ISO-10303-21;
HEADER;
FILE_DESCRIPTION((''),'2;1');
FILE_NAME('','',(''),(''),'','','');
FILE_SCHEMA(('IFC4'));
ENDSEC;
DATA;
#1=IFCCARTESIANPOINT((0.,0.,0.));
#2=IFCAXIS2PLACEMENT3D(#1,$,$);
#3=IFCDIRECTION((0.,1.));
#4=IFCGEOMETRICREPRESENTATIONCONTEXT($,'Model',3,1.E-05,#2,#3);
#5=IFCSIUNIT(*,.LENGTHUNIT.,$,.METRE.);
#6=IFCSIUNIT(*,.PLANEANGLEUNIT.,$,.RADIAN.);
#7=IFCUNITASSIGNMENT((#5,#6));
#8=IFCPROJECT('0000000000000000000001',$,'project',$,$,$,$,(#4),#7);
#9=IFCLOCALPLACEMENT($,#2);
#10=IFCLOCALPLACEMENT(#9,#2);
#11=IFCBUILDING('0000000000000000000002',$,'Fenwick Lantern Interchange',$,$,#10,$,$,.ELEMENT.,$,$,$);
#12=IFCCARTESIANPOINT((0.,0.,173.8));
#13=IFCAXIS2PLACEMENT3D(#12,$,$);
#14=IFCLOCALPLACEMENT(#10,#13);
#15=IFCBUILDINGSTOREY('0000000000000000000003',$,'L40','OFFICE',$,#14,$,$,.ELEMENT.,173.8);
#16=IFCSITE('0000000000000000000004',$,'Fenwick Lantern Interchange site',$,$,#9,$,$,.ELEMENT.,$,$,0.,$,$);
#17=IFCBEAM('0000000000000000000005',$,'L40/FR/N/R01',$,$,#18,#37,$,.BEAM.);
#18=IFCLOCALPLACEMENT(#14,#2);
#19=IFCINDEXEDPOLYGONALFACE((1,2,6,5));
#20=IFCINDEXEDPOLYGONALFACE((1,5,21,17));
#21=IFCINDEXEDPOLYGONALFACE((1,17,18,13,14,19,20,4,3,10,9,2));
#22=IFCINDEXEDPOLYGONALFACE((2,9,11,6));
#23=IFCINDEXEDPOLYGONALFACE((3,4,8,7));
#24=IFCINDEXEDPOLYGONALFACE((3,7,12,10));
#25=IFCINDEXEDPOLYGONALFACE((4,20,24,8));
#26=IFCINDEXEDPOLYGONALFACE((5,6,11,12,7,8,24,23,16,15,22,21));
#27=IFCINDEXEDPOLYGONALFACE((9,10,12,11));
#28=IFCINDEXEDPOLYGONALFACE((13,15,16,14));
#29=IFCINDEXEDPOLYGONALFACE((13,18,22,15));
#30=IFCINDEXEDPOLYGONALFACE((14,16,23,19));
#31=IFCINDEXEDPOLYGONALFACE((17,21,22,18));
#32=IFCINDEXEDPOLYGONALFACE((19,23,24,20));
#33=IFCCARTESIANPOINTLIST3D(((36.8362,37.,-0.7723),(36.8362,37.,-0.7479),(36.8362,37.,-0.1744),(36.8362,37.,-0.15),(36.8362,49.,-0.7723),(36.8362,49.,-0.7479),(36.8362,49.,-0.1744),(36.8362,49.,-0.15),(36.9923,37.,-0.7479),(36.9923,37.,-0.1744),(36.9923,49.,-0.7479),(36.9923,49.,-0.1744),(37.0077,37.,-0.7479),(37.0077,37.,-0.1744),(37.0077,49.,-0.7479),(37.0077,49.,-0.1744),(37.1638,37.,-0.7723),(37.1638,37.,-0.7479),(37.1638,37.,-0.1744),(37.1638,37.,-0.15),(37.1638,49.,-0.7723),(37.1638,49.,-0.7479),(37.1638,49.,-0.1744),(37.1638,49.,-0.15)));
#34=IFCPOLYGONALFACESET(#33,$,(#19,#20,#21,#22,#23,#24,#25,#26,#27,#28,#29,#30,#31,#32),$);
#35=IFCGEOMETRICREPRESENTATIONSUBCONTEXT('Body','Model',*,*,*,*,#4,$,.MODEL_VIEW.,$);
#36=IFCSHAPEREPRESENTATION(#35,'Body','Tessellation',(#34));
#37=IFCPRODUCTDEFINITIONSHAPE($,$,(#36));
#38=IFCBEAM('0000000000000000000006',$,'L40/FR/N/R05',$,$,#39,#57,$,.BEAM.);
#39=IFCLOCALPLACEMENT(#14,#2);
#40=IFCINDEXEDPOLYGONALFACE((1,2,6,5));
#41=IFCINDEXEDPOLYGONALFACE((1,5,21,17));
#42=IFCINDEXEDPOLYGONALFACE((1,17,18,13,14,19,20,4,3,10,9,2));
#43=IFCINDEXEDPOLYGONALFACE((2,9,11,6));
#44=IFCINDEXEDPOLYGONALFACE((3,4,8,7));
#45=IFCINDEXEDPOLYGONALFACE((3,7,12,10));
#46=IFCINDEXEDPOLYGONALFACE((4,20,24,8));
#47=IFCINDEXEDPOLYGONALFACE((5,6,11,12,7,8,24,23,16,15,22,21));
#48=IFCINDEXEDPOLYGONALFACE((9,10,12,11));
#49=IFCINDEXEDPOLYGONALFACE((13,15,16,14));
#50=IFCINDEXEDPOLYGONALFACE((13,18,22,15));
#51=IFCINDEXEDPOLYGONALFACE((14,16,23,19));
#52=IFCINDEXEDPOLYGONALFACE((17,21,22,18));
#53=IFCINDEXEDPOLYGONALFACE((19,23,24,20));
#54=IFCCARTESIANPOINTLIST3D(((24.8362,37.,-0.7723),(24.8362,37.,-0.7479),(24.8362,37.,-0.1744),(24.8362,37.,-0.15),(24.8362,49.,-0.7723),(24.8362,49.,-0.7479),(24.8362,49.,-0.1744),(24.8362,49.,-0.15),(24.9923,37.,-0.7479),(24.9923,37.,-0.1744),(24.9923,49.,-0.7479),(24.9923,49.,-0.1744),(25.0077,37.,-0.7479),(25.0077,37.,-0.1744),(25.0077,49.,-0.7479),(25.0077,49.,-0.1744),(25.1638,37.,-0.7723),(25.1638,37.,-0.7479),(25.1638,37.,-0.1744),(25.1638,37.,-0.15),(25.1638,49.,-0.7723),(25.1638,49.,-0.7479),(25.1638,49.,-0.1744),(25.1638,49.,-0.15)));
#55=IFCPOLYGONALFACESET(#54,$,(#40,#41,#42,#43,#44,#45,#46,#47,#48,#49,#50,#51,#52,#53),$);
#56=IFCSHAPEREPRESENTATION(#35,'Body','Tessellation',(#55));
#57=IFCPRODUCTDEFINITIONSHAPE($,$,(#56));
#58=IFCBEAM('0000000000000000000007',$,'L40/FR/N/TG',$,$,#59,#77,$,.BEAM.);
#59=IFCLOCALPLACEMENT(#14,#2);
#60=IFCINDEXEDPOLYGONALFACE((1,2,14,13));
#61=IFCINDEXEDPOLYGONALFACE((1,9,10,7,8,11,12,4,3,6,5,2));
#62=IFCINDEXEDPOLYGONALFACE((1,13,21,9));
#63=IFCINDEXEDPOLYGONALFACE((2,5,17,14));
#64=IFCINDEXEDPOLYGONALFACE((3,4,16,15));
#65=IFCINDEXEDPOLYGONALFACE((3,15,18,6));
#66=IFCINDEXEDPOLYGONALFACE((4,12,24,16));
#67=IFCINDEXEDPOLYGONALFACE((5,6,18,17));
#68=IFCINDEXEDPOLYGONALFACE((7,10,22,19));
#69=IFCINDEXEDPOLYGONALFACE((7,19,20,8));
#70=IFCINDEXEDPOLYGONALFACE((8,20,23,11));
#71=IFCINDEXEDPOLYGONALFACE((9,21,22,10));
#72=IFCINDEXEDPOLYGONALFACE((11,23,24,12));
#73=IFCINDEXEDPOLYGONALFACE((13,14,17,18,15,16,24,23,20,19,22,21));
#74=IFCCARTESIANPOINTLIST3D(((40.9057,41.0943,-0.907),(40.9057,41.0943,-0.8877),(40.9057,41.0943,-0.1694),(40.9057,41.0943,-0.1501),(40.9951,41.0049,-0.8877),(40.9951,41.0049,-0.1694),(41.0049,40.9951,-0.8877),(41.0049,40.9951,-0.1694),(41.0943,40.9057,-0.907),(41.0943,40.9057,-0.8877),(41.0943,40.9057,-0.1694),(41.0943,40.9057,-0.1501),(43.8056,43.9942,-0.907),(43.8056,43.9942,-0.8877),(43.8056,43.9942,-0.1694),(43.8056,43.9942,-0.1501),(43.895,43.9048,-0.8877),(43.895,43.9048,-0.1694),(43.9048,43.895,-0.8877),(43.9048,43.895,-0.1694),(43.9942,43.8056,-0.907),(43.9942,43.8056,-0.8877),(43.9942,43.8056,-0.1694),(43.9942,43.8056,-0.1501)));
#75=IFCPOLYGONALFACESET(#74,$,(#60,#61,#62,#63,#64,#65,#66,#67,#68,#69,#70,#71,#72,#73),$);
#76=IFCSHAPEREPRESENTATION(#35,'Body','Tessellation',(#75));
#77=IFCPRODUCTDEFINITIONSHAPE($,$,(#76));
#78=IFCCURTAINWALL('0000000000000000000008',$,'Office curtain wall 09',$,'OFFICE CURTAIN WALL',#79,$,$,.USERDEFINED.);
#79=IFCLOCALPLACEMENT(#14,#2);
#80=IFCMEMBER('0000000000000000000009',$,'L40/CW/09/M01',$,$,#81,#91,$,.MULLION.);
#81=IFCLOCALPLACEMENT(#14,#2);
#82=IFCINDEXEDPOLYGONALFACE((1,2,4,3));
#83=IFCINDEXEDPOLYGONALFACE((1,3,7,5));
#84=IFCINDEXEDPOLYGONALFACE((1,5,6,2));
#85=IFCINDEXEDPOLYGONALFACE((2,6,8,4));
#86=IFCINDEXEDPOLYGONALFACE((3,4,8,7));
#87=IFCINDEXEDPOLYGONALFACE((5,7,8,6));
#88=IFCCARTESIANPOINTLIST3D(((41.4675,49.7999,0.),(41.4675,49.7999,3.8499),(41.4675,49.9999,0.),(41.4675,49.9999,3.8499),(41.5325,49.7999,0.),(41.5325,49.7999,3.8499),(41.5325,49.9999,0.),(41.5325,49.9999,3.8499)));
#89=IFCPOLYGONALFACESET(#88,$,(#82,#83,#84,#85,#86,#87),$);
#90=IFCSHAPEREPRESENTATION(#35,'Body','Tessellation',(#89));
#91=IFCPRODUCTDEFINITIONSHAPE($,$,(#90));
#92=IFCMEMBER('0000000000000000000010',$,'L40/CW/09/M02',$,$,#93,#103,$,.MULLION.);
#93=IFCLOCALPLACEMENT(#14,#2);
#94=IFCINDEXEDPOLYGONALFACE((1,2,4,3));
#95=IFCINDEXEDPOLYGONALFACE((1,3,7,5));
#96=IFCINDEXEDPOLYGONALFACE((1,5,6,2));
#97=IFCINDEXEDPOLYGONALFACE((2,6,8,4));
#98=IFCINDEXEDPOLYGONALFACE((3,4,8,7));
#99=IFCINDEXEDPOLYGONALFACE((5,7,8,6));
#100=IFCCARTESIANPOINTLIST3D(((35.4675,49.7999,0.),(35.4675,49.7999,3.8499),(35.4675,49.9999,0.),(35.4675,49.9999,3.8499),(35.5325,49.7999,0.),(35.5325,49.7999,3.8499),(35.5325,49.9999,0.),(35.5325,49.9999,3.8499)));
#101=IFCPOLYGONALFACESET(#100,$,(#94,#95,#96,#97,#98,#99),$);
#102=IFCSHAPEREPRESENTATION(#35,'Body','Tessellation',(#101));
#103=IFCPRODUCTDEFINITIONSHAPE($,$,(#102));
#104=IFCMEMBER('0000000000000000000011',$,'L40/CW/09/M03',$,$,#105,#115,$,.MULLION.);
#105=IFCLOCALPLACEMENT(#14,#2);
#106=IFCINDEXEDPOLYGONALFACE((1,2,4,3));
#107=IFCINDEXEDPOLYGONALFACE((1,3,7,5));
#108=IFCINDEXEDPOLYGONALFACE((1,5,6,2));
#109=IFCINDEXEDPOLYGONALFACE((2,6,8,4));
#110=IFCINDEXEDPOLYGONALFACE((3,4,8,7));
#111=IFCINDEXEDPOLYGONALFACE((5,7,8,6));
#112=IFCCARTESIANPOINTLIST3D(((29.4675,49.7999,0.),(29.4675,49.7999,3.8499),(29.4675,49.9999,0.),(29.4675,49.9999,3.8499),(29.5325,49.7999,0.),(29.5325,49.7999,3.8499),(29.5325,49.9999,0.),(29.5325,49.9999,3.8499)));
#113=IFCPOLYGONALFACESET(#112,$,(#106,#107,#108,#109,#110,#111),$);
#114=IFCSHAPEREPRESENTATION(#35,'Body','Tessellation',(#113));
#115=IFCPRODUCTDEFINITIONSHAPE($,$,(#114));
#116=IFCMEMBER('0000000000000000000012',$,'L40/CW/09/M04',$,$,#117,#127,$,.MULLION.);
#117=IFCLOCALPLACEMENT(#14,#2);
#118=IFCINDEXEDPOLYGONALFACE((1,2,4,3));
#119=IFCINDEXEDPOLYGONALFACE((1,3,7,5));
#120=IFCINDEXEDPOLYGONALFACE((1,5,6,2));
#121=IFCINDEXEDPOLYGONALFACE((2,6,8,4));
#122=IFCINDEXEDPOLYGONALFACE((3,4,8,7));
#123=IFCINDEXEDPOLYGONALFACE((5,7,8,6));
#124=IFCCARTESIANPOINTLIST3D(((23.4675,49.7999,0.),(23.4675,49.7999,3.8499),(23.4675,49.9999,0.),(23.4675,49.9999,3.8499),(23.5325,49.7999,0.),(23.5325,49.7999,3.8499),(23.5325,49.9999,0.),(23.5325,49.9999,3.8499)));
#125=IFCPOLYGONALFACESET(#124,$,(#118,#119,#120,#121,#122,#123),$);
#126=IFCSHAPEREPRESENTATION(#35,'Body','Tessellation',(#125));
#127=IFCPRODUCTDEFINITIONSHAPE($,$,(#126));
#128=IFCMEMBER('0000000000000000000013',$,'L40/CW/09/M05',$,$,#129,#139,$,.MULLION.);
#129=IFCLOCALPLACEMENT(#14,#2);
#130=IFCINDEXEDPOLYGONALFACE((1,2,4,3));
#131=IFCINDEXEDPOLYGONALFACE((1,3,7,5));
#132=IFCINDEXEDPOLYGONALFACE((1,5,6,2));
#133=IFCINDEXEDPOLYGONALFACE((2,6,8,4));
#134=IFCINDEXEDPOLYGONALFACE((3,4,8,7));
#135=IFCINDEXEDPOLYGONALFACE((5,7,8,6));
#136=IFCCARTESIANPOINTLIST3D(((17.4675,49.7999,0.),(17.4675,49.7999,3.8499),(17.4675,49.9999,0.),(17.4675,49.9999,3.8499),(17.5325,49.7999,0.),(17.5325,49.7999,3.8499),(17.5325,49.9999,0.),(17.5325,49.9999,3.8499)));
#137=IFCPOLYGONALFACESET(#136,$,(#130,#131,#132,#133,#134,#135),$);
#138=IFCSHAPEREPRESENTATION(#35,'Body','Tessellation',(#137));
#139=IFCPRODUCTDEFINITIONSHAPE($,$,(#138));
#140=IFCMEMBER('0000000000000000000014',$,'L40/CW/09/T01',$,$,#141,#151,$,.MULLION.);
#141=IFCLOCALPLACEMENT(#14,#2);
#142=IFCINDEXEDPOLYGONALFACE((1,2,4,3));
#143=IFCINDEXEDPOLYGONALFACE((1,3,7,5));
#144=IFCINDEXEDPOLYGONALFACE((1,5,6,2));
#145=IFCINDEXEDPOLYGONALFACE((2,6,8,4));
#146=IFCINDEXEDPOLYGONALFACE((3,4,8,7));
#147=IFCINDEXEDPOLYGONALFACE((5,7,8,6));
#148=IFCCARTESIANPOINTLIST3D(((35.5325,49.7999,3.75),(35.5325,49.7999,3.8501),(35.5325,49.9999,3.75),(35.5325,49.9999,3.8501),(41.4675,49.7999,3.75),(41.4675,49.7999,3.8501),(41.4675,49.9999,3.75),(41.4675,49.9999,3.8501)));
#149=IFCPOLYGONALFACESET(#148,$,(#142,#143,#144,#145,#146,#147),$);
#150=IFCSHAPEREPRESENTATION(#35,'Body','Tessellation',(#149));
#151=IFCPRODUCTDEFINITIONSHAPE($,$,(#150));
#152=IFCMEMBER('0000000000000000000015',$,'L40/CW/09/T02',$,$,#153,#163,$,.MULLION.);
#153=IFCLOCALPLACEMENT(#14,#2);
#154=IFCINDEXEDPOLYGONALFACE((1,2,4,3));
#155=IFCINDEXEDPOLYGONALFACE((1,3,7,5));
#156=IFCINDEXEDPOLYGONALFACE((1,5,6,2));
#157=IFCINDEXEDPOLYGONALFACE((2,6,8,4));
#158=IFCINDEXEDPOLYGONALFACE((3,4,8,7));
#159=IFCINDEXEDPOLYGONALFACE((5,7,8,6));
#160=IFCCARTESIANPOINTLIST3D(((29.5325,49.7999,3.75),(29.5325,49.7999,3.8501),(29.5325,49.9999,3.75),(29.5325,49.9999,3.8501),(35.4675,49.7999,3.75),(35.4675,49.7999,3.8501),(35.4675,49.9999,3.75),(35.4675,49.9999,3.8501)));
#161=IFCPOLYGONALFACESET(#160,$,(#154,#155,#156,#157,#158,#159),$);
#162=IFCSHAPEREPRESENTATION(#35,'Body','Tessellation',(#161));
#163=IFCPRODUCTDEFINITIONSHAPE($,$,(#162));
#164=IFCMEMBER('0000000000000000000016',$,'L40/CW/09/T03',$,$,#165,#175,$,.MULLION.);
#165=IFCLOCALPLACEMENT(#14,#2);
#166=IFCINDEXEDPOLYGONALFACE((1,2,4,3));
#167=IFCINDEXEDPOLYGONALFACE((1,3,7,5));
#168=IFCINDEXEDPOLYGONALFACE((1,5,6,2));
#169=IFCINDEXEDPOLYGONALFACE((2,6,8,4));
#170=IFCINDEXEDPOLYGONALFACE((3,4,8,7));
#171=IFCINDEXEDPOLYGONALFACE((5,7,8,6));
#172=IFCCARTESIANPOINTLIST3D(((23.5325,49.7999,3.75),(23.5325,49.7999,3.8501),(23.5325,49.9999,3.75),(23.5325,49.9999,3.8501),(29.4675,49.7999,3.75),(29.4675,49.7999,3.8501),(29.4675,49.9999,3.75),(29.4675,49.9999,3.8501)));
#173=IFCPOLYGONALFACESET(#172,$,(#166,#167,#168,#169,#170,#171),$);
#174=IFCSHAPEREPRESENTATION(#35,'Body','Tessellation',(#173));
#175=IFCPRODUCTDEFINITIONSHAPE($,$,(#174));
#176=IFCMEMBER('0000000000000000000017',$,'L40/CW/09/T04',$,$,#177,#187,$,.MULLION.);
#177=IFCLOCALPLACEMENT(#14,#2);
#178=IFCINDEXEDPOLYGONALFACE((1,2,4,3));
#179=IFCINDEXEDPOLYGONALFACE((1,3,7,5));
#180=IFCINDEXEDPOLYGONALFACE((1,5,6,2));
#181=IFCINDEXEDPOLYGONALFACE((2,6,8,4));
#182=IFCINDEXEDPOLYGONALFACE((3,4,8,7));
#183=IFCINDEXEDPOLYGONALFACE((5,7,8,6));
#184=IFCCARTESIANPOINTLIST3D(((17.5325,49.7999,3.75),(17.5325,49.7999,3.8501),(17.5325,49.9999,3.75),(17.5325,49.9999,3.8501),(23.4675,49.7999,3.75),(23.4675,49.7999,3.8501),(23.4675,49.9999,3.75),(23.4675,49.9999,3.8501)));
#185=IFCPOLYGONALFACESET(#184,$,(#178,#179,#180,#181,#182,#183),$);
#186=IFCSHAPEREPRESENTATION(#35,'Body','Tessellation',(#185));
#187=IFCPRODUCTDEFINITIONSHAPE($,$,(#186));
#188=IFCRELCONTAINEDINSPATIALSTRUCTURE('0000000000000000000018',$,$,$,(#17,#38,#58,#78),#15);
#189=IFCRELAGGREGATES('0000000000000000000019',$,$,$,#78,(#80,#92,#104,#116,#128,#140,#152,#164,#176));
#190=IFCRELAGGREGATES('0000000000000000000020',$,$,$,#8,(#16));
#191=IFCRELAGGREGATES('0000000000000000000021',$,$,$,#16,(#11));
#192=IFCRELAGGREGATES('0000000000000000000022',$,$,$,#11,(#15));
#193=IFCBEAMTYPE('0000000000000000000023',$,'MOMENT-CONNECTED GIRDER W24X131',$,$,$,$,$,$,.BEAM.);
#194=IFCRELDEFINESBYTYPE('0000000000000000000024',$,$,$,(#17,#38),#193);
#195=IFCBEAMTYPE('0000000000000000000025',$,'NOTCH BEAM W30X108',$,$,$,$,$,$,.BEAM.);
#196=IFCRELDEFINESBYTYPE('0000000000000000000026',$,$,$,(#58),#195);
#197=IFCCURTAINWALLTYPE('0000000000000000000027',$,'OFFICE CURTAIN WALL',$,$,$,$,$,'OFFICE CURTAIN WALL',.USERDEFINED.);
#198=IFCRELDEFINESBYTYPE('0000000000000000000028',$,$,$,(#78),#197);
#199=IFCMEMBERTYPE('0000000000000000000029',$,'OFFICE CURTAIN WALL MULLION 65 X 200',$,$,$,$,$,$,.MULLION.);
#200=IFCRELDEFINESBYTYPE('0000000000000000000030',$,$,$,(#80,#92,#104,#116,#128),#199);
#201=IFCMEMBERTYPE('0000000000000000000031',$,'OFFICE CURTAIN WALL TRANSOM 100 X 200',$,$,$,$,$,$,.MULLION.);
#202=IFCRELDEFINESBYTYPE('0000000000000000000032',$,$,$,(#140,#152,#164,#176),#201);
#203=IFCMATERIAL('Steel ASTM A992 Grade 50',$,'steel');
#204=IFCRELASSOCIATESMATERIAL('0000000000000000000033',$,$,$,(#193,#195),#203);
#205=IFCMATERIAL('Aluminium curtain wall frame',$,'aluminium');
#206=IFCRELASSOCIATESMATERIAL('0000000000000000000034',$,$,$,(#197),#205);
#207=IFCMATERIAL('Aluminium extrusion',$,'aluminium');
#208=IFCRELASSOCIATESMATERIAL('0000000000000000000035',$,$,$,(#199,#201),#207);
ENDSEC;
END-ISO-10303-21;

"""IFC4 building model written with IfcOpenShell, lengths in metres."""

from ifc_helpers import new_model, si_unit, direction, frame, origin, origin_2d, place, context, subcontext, project, spatial, rectangle, i_section, extrude, material, material_profile, profile_set, type_object, element, aggregate, save


model = new_model("IFC4")

# Units and contexts
model_context = context("Model", 3, precision=1e-05, world=origin(), true_north=direction((0.0, 1.0)))
body_context = subcontext(model_context, "Body", "Model", "MODEL_VIEW")
ifc_project = project(units=[si_unit("LENGTHUNIT", "METRE"), si_unit("PLANEANGLEUNIT", "RADIAN")], contexts=[model_context])

# Site, building, storey
site_placement = place(None, origin())
site = spatial("IfcSite", under=ifc_project, at=site_placement, Name="Fenwick Lantern Interchange site", CompositionType="ELEMENT", RefElevation=0.0)
building_placement = place(site_placement, origin())
building = spatial("IfcBuilding", under=site, at=building_placement, Name="Fenwick Lantern Interchange", CompositionType="ELEMENT")
storey_placement = place(building_placement, frame((0.0, 0.0, 173.8)))
storey = spatial("IfcBuildingStorey", under=building, at=storey_placement, Name="L40", Description="OFFICE", CompositionType="ELEMENT", Elevation=173.8)

# Beams
ifc_material_1 = material(Name="Steel ASTM A992 Grade 50", Category="steel")
ifc_material_profile_1 = material_profile(ifc_material_1, i_section(OverallWidth=0.3276, OverallDepth=0.6223, WebThickness=0.0154, FlangeThickness=0.0244, at=origin_2d()), Name="W24X131")
ifc_profile_set_1 = profile_set([ifc_material_profile_1], Name="Steel ASTM A992 Grade 50")
beam_type_1 = type_object("IfcBeamType", Name="MOMENT-CONNECTED GIRDER W24X131", PredefinedType="BEAM", material=ifc_profile_set_1)
for number, where, z_axis, x_axis, name in (
    (1, (37.0, 49.0, -0.4612), (0.0, -1.0, 0.0), (1.0, 0.0, 0.0), "L40/FR/N/R01"),
    (2, (25.0, 49.0, -0.4612), (0.0, -1.0, 0.0), (1.0, 0.0, 0.0), "L40/FR/N/R05"),
):
    element("IfcBeam", number, at=place(storey_placement, frame(where, z_axis=z_axis, x_axis=x_axis)), inside=storey, type_object=beam_type_1, Name=name, PredefinedType="BEAM", context=body_context, shape_type="SweptSolid", body=[
        extrude(i_section(OverallWidth=0.3276, OverallDepth=0.6223, WebThickness=0.0154, FlangeThickness=0.0244, at=origin_2d()), origin(), (0.0, 0.0, 1.0), 12.0),
    ])
ifc_material_profile_2 = material_profile(ifc_material_1, i_section(OverallWidth=0.2666, OverallDepth=0.7568, WebThickness=0.0139, FlangeThickness=0.0193, at=origin_2d()), Name="W30X108")
ifc_profile_set_2 = profile_set([ifc_material_profile_2], Name="Steel ASTM A992 Grade 50")
beam_type_2 = type_object("IfcBeamType", Name="NOTCH BEAM W30X108", PredefinedType="BEAM", material=ifc_profile_set_2)
beam_1_placement = place(storey_placement, frame((41.0, 41.0, -0.5286), z_axis=(0.707107, 0.707107, 0.0), x_axis=(-0.707107, 0.707107, 0.0)))
element("IfcBeam", 3, at=beam_1_placement, inside=storey, type_object=beam_type_2, Name="L40/FR/N/TG", PredefinedType="BEAM", context=body_context, shape_type="SweptSolid", body=[
    extrude(i_section(OverallWidth=0.2666, OverallDepth=0.7568, WebThickness=0.0139, FlangeThickness=0.0193, at=origin_2d()), origin(), (0.0, 0.0, 1.0), 4.1011),
])

# Curtain wall, members
ifc_material_2 = material(Name="Aluminium curtain wall frame", Category="aluminium")
curtain_wall_type = type_object("IfcCurtainWallType", Name="OFFICE CURTAIN WALL", ElementType="OFFICE CURTAIN WALL", PredefinedType="USERDEFINED", material=ifc_material_2)
curtain_wall_placement = place(storey_placement, origin())
curtain_wall = element("IfcCurtainWall", 4, at=curtain_wall_placement, inside=storey, type_object=curtain_wall_type, Name="Office curtain wall 09", ObjectType="OFFICE CURTAIN WALL", PredefinedType="USERDEFINED")
ifc_material_3 = material(Name="Aluminium extrusion", Category="aluminium")
ifc_material_profile_3 = material_profile(ifc_material_3, rectangle(XDim=0.2, YDim=0.0649, at=origin_2d()), Name="OFFICE CURTAIN WALL MULLION 65 X 200")
ifc_profile_set_3 = profile_set([ifc_material_profile_3], Name="Aluminium extrusion")
member_type_1 = type_object("IfcMemberType", Name="OFFICE CURTAIN WALL MULLION 65 X 200", PredefinedType="MULLION", material=ifc_profile_set_3)
member_1_placement = place(storey_placement, frame((41.5, 49.8999, 0.0), z_axis=(0.0, 0.0, 1.0), x_axis=(0.0, -1.0, 0.0)))
member_1 = element("IfcMember", 5, at=member_1_placement, type_object=member_type_1, Name="L40/CW/09/M01", PredefinedType="MULLION", context=body_context, shape_type="SweptSolid", body=[
    extrude(rectangle(XDim=0.2, YDim=0.0649, at=origin_2d()), origin(), (0.0, 0.0, 1.0), 3.8499),
])
member_2_placement = place(storey_placement, frame((35.5, 49.8999, 0.0), z_axis=(0.0, 0.0, 1.0), x_axis=(0.0, -1.0, 0.0)))
member_2 = element("IfcMember", 6, at=member_2_placement, type_object=member_type_1, Name="L40/CW/09/M02", PredefinedType="MULLION", context=body_context, shape_type="SweptSolid", body=[
    extrude(rectangle(XDim=0.2, YDim=0.0649, at=origin_2d()), origin(), (0.0, 0.0, 1.0), 3.8499),
])
member_3_placement = place(storey_placement, frame((29.5, 49.8999, 0.0), z_axis=(0.0, 0.0, 1.0), x_axis=(0.0, -1.0, 0.0)))
member_3 = element("IfcMember", 7, at=member_3_placement, type_object=member_type_1, Name="L40/CW/09/M03", PredefinedType="MULLION", context=body_context, shape_type="SweptSolid", body=[
    extrude(rectangle(XDim=0.2, YDim=0.0649, at=origin_2d()), origin(), (0.0, 0.0, 1.0), 3.8499),
])
member_4_placement = place(storey_placement, frame((23.5, 49.8999, 0.0), z_axis=(0.0, 0.0, 1.0), x_axis=(0.0, -1.0, 0.0)))
member_4 = element("IfcMember", 8, at=member_4_placement, type_object=member_type_1, Name="L40/CW/09/M04", PredefinedType="MULLION", context=body_context, shape_type="SweptSolid", body=[
    extrude(rectangle(XDim=0.2, YDim=0.0649, at=origin_2d()), origin(), (0.0, 0.0, 1.0), 3.8499),
])
member_5_placement = place(storey_placement, frame((17.5, 49.8999, 0.0), z_axis=(0.0, 0.0, 1.0), x_axis=(0.0, -1.0, 0.0)))
member_5 = element("IfcMember", 9, at=member_5_placement, type_object=member_type_1, Name="L40/CW/09/M05", PredefinedType="MULLION", context=body_context, shape_type="SweptSolid", body=[
    extrude(rectangle(XDim=0.2, YDim=0.0649, at=origin_2d()), origin(), (0.0, 0.0, 1.0), 3.8499),
])
ifc_material_profile_4 = material_profile(ifc_material_3, rectangle(XDim=0.2, YDim=0.1001, at=origin_2d()), Name="OFFICE CURTAIN WALL TRANSOM 100 X 200")
ifc_profile_set_4 = profile_set([ifc_material_profile_4], Name="Aluminium extrusion")
member_type_2 = type_object("IfcMemberType", Name="OFFICE CURTAIN WALL TRANSOM 100 X 200", PredefinedType="MULLION", material=ifc_profile_set_4)
member_6_placement = place(storey_placement, frame((41.4675, 49.8999, 3.8), z_axis=(-1.0, 0.0, 0.0), x_axis=(0.0, -1.0, 0.0)))
member_6 = element("IfcMember", 10, at=member_6_placement, type_object=member_type_2, Name="L40/CW/09/T01", PredefinedType="MULLION", context=body_context, shape_type="SweptSolid", body=[
    extrude(rectangle(XDim=0.2, YDim=0.1001, at=origin_2d()), origin(), (0.0, 0.0, 1.0), 5.9351),
])
member_7_placement = place(storey_placement, frame((35.4675, 49.8999, 3.8), z_axis=(-1.0, 0.0, 0.0), x_axis=(0.0, -1.0, 0.0)))
member_7 = element("IfcMember", 11, at=member_7_placement, type_object=member_type_2, Name="L40/CW/09/T02", PredefinedType="MULLION", context=body_context, shape_type="SweptSolid", body=[
    extrude(rectangle(XDim=0.2, YDim=0.1001, at=origin_2d()), origin(), (0.0, 0.0, 1.0), 5.9351),
])
member_8_placement = place(storey_placement, frame((29.4675, 49.8999, 3.8), z_axis=(-1.0, 0.0, 0.0), x_axis=(0.0, -1.0, 0.0)))
member_8 = element("IfcMember", 12, at=member_8_placement, type_object=member_type_2, Name="L40/CW/09/T03", PredefinedType="MULLION", context=body_context, shape_type="SweptSolid", body=[
    extrude(rectangle(XDim=0.2, YDim=0.1001, at=origin_2d()), origin(), (0.0, 0.0, 1.0), 5.9351),
])
member_9_placement = place(storey_placement, frame((23.4675, 49.8999, 3.8), z_axis=(-1.0, 0.0, 0.0), x_axis=(0.0, -1.0, 0.0)))
member_9 = element("IfcMember", 13, at=member_9_placement, type_object=member_type_2, Name="L40/CW/09/T04", PredefinedType="MULLION", context=body_context, shape_type="SweptSolid", body=[
    extrude(rectangle(XDim=0.2, YDim=0.1001, at=origin_2d()), origin(), (0.0, 0.0, 1.0), 5.9351),
])
aggregate(curtain_wall, [member_1, member_2, member_3, member_4, member_5, member_6, member_7, member_8, member_9])

save(model, "model.ifc")
